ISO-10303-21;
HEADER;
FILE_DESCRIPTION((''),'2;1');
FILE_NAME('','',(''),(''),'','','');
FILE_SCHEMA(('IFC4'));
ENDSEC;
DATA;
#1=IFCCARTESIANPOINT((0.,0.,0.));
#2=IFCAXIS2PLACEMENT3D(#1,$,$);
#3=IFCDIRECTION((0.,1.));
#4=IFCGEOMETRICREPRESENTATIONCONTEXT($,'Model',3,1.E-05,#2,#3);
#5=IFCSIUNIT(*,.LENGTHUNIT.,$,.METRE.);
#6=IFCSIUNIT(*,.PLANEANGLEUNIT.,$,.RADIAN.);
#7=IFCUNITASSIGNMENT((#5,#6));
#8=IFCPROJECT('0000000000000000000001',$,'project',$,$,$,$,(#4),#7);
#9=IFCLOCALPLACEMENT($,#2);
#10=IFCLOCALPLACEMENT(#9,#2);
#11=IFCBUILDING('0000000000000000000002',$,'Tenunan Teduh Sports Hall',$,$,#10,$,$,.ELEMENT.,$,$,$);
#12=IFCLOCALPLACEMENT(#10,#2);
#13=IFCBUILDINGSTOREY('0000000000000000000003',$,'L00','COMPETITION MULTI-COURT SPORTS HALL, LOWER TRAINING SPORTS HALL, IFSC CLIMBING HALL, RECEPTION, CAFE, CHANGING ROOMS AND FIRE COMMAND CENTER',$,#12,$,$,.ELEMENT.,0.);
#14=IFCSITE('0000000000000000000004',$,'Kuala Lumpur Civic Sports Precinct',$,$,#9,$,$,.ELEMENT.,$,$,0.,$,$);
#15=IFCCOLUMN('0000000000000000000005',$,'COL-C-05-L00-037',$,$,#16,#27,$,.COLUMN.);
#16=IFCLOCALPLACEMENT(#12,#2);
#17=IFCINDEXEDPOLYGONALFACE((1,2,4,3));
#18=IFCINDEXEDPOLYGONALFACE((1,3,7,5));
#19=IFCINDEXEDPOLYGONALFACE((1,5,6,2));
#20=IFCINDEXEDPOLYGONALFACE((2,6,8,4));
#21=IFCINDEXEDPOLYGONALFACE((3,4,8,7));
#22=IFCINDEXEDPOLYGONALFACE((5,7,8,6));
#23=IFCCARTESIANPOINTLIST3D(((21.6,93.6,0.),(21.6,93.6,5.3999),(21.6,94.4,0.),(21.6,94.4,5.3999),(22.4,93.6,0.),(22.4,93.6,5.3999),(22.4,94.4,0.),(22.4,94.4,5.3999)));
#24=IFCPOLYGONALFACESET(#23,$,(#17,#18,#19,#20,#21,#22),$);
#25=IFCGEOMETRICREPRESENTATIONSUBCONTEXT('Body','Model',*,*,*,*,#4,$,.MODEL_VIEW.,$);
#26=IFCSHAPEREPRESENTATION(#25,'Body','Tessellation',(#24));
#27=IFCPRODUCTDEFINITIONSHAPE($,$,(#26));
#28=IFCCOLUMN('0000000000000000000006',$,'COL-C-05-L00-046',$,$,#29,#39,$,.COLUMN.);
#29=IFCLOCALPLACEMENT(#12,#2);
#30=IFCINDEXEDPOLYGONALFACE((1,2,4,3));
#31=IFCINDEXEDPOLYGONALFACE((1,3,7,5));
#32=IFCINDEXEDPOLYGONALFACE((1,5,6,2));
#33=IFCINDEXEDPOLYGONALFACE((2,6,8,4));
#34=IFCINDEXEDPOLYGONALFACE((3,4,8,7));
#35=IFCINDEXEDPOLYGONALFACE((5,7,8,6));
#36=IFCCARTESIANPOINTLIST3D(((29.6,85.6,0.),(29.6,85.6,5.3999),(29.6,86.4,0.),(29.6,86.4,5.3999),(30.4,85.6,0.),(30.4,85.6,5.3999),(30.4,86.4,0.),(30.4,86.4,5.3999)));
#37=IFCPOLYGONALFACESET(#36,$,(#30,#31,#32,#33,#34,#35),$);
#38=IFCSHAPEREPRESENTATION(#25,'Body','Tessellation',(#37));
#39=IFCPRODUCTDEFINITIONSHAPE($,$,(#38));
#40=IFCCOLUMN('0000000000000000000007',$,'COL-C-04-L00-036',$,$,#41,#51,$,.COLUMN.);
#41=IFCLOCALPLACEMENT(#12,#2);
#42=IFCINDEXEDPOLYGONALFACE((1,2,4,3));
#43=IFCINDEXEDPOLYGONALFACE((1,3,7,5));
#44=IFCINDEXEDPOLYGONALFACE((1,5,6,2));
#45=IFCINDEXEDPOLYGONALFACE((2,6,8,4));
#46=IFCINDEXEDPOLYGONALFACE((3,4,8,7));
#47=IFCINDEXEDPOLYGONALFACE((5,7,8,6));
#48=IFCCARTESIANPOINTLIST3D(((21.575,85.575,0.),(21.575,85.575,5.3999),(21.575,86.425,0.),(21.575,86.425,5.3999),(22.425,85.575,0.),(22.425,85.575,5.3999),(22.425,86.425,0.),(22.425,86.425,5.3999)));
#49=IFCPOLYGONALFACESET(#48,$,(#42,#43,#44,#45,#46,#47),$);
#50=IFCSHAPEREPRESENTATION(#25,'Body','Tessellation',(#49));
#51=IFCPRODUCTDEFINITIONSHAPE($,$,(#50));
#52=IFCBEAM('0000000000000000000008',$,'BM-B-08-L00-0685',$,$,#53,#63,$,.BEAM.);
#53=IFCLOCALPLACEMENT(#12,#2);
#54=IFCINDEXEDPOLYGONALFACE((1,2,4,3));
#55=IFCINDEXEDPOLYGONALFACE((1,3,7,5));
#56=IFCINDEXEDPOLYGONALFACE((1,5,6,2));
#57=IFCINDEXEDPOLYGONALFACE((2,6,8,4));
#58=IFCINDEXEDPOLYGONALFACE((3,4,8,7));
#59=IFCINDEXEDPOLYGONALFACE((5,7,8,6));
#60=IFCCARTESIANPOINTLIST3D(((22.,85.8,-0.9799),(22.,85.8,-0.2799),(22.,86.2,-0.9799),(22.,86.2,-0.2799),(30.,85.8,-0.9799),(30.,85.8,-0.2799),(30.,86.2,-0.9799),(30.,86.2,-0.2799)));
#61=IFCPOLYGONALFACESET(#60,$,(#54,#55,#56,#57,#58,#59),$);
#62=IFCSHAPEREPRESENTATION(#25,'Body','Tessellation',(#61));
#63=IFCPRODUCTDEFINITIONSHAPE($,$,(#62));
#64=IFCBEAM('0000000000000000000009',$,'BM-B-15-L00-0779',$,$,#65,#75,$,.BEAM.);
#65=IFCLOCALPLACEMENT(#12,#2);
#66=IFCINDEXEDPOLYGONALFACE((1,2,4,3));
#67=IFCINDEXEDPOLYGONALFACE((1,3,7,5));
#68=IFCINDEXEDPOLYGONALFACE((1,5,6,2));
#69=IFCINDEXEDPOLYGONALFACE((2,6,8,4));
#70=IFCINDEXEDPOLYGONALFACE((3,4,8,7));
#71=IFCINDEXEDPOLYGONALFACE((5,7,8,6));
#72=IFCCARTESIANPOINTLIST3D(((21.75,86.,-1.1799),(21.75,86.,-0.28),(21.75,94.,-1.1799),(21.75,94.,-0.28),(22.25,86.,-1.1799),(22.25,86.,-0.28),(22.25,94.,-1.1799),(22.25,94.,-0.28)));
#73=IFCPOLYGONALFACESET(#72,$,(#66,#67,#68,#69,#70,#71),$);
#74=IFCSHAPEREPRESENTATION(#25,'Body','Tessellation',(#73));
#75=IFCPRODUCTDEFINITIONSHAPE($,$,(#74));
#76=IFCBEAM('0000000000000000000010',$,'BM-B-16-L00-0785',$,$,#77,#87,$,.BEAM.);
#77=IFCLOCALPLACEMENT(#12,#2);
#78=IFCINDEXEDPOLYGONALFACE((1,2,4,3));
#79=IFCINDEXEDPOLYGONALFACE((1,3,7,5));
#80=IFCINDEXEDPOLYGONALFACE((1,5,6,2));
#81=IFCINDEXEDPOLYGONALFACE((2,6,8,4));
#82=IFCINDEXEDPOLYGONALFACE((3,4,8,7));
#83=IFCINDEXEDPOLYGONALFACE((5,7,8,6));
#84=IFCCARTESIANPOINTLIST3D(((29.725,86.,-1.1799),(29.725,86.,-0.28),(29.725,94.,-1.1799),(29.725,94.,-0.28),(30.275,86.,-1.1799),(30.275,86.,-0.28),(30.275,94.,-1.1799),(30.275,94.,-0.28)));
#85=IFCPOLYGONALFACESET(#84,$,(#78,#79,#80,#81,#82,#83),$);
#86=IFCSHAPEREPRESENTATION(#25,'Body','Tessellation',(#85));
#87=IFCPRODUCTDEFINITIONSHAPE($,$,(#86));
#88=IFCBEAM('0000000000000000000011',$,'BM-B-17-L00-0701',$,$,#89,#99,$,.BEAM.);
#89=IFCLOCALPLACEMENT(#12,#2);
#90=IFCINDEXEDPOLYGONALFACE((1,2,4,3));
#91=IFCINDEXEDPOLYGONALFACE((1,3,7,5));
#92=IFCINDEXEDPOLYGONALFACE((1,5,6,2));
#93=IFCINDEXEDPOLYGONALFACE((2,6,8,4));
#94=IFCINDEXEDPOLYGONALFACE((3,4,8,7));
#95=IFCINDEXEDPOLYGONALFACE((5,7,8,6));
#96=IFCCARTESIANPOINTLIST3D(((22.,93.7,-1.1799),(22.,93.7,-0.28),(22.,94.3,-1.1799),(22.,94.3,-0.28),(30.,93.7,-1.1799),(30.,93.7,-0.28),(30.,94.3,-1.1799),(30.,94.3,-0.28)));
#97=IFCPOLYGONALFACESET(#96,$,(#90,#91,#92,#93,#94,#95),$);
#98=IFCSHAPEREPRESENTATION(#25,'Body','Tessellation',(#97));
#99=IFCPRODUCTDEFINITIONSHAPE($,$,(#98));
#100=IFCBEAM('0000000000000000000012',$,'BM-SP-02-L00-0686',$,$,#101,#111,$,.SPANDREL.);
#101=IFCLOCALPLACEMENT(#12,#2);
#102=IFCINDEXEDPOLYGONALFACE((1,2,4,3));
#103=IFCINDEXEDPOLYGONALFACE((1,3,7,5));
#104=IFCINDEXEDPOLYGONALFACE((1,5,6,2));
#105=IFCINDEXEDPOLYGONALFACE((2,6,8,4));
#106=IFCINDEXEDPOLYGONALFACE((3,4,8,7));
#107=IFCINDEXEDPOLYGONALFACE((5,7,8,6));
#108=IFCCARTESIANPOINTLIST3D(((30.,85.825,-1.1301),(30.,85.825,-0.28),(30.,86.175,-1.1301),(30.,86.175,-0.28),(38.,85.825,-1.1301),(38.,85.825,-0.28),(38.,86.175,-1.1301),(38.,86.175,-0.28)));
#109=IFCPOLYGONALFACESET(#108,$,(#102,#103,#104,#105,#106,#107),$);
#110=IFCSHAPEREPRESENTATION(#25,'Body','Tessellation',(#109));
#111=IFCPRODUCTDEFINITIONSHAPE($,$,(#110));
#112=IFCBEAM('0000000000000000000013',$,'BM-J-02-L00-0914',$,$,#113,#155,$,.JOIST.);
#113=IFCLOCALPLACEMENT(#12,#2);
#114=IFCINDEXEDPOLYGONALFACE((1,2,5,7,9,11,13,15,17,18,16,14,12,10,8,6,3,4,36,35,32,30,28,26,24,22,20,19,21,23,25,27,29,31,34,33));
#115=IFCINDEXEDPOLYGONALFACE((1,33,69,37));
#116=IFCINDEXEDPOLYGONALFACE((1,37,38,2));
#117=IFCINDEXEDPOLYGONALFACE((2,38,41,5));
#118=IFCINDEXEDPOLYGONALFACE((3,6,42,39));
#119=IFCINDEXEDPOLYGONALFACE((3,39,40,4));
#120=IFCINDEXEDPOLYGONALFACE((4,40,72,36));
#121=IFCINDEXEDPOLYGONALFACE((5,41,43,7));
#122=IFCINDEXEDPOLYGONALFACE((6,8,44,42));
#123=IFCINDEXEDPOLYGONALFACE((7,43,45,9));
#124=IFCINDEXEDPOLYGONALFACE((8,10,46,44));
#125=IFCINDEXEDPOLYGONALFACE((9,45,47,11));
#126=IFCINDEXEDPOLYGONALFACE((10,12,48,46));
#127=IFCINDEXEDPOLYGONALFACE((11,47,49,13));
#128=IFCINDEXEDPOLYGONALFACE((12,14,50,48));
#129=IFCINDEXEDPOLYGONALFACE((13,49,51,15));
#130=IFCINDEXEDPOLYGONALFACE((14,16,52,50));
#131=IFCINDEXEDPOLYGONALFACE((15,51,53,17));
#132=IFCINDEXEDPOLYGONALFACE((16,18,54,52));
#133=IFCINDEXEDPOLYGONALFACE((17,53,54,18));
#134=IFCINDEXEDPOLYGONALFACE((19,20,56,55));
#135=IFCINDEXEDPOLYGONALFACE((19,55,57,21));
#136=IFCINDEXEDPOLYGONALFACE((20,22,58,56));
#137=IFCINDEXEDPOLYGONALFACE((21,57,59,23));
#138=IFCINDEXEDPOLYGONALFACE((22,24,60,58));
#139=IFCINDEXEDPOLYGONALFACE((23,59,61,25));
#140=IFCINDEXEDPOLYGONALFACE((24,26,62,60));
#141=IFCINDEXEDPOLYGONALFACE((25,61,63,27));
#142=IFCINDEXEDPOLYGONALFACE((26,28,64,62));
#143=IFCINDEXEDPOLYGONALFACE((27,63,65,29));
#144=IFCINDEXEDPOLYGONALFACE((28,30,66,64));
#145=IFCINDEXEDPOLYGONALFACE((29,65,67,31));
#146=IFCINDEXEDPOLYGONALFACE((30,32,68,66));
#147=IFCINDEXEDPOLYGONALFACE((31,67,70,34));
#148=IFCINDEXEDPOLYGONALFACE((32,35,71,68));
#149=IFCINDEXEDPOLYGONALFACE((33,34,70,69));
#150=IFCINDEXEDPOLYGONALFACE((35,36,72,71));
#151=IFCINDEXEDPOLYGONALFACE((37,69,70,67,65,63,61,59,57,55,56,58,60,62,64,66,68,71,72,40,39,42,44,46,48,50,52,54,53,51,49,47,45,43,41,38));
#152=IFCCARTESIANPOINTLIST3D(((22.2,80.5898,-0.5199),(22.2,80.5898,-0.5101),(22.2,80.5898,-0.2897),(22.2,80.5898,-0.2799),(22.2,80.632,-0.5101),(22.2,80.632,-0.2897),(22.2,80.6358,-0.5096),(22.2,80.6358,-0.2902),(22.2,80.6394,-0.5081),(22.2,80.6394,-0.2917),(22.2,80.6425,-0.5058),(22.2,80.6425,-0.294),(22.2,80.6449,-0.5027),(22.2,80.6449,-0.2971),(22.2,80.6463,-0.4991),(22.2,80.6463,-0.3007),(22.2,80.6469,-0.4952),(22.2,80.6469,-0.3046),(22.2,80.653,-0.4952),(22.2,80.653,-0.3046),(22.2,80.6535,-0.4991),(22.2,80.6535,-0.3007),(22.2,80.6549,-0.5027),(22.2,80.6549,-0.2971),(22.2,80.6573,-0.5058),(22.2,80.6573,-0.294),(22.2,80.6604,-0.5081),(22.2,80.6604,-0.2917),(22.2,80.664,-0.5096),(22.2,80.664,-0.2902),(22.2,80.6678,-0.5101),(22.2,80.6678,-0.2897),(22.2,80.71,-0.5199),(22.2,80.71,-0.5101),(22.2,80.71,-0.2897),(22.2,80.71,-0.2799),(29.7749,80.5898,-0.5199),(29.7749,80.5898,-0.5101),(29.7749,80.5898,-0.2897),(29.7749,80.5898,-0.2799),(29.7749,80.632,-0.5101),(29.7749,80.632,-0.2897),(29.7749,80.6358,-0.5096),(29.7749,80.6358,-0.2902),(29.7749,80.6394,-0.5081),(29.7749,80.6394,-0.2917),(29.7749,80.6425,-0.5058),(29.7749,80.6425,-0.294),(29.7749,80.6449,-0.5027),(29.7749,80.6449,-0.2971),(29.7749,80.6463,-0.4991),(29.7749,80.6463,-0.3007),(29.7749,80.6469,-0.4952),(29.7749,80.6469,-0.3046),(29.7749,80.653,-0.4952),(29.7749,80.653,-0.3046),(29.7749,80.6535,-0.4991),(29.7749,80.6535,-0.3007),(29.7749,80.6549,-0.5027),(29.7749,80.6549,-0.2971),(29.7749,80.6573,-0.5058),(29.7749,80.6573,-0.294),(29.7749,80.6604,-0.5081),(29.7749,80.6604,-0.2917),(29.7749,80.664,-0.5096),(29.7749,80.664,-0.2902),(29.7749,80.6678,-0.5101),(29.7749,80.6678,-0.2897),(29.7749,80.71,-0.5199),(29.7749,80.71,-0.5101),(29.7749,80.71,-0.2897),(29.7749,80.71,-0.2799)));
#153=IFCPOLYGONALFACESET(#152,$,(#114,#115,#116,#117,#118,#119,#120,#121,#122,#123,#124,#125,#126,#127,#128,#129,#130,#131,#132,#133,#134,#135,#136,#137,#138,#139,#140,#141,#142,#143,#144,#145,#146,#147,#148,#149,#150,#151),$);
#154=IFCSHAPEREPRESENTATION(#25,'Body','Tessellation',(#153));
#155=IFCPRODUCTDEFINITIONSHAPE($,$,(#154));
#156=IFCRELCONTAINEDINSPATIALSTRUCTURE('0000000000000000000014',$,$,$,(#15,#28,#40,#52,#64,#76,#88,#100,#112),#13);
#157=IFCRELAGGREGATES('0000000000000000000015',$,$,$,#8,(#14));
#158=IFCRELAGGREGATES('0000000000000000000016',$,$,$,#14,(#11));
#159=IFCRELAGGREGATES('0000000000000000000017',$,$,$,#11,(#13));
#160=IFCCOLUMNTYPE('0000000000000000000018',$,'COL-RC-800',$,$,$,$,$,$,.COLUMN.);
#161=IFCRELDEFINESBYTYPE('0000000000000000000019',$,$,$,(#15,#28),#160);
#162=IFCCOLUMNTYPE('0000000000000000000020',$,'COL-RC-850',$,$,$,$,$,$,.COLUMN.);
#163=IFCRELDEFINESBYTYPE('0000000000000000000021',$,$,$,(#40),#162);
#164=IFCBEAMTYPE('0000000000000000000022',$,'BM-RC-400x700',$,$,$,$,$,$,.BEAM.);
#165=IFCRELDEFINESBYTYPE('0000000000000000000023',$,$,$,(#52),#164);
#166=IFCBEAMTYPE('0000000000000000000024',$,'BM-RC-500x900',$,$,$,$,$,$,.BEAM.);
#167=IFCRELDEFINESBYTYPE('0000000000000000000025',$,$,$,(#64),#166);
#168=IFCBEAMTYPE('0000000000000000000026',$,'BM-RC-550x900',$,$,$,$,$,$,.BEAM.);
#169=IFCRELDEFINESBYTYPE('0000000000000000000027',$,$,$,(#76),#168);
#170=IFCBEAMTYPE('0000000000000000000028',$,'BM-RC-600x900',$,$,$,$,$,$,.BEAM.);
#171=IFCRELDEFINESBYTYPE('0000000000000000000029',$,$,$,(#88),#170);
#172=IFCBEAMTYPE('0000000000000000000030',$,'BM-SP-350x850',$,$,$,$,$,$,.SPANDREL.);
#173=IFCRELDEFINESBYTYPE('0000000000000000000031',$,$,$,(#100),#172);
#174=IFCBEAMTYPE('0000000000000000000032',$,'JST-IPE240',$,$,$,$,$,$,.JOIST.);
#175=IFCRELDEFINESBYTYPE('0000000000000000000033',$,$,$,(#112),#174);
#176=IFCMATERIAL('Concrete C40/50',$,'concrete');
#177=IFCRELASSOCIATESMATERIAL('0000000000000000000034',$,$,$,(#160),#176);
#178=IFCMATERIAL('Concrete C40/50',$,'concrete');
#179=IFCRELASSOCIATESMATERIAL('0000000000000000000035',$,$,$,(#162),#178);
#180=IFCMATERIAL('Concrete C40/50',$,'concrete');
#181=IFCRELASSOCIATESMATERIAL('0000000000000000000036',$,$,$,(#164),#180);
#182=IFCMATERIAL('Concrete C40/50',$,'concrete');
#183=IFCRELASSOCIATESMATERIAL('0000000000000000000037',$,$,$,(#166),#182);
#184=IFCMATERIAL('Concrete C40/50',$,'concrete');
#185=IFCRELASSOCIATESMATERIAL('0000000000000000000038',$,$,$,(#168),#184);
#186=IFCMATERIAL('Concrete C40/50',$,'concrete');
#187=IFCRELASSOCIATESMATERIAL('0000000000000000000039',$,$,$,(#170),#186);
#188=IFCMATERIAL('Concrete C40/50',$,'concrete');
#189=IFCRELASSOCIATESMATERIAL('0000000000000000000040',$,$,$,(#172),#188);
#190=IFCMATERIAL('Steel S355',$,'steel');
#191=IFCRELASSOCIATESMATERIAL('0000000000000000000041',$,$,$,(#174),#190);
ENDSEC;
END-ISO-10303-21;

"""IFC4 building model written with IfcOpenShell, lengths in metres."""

from ifc_helpers import new_model, si_unit, direction, frame, origin, origin_2d, place, context, subcontext, project, spatial, rectangle, i_section, extrude, material, material_profile, profile_set, type_object, element, save


model = new_model("IFC4")

# Units and contexts
model_context = context("Model", 3, precision=1e-05, world=origin(), true_north=direction((0.0, 1.0)))
body_context = subcontext(model_context, "Body", "Model", "MODEL_VIEW")
ifc_project = project(units=[si_unit("LENGTHUNIT", "METRE"), si_unit("PLANEANGLEUNIT", "RADIAN")], contexts=[model_context])

# Site, building, storey
site_placement = place(None, origin())
site = spatial("IfcSite", under=ifc_project, at=site_placement, Name="Kuala Lumpur Civic Sports Precinct", CompositionType="ELEMENT", RefElevation=0.0)
building_placement = place(site_placement, origin())
building = spatial("IfcBuilding", under=site, at=building_placement, Name="Tenunan Teduh Sports Hall", CompositionType="ELEMENT")
storey_placement = place(building_placement, origin())
storey = spatial("IfcBuildingStorey", under=building, at=storey_placement, Name="L00", Description="COMPETITION MULTI-COURT SPORTS HALL, LOWER TRAINING SPORTS HALL, IFSC CLIMBING HALL, RECEPTION, CAFE, CHANGING ROOMS AND FIRE COMMAND CENTER", CompositionType="ELEMENT", Elevation=0.0)

# Columns
ifc_material_1 = material(Name="Concrete C40/50", Category="concrete")
ifc_material_profile_1 = material_profile(ifc_material_1, rectangle(XDim=0.8, YDim=0.8, at=origin_2d()), Name="RC 800x800")
ifc_profile_set_1 = profile_set([ifc_material_profile_1], Name="Concrete C40/50")
column_type_1 = type_object("IfcColumnType", Name="COL-RC-800", PredefinedType="COLUMN", material=ifc_profile_set_1)
for number, where, z_axis, x_axis, name in (
    (1, (22.0, 94.0, 0.0), (0.0, 0.0, 1.0), (1.0, 0.0, 0.0), "COL-C-05-L00-037"),
    (2, (30.0, 86.0, 0.0), (0.0, 0.0, 1.0), (1.0, 0.0, 0.0), "COL-C-05-L00-046"),
):
    element("IfcColumn", number, at=place(storey_placement, frame(where, z_axis=z_axis, x_axis=x_axis)), inside=storey, type_object=column_type_1, Name=name, PredefinedType="COLUMN", context=body_context, shape_type="SweptSolid", body=[
        extrude(rectangle(XDim=0.8, YDim=0.8, at=origin_2d()), origin(), (0.0, 0.0, 1.0), 5.3999),
    ])
ifc_material_2 = material(Name="Concrete C40/50", Category="concrete")
ifc_material_profile_2 = material_profile(ifc_material_2, rectangle(XDim=0.8501, YDim=0.8501, at=origin_2d()), Name="RC 850x850")
ifc_profile_set_2 = profile_set([ifc_material_profile_2], Name="Concrete C40/50")
column_type_2 = type_object("IfcColumnType", Name="COL-RC-850", PredefinedType="COLUMN", material=ifc_profile_set_2)
column_placement = place(storey_placement, frame((22.0, 86.0, 0.0), z_axis=(0.0, 0.0, 1.0), x_axis=(1.0, 0.0, 0.0)))
element("IfcColumn", 3, at=column_placement, inside=storey, type_object=column_type_2, Name="COL-C-04-L00-036", PredefinedType="COLUMN", context=body_context, shape_type="SweptSolid", body=[
    extrude(rectangle(XDim=0.8501, YDim=0.8501, at=origin_2d()), origin(), (0.0, 0.0, 1.0), 5.3999),
])

# Beams
ifc_material_3 = material(Name="Concrete C40/50", Category="concrete")
ifc_material_profile_3 = material_profile(ifc_material_3, rectangle(XDim=0.3999, YDim=0.7, at=origin_2d()), Name="RCB 400x700")
ifc_profile_set_3 = profile_set([ifc_material_profile_3], Name="Concrete C40/50")
beam_type_1 = type_object("IfcBeamType", Name="BM-RC-400x700", PredefinedType="BEAM", material=ifc_profile_set_3)
beam_1_placement = place(storey_placement, frame((22.0, 86.0, -0.6299), z_axis=(1.0, 0.0, 0.0), x_axis=(0.0, 1.0, 0.0)))
element("IfcBeam", 4, at=beam_1_placement, inside=storey, type_object=beam_type_1, Name="BM-B-08-L00-0685", PredefinedType="BEAM", context=body_context, shape_type="SweptSolid", body=[
    extrude(rectangle(XDim=0.3999, YDim=0.7, at=origin_2d()), origin(), (0.0, 0.0, 1.0), 8.0),
])
ifc_material_4 = material(Name="Concrete C40/50", Category="concrete")
ifc_material_profile_4 = material_profile(ifc_material_4, rectangle(XDim=0.5, YDim=0.8999, at=origin_2d()), Name="RCB 500x900")
ifc_profile_set_4 = profile_set([ifc_material_profile_4], Name="Concrete C40/50")
beam_type_2 = type_object("IfcBeamType", Name="BM-RC-500x900", PredefinedType="BEAM", material=ifc_profile_set_4)
beam_2_placement = place(storey_placement, frame((22.0, 86.0, -0.73), z_axis=(0.0, 1.0, 0.0), x_axis=(-1.0, 0.0, 0.0)))
element("IfcBeam", 5, at=beam_2_placement, inside=storey, type_object=beam_type_2, Name="BM-B-15-L00-0779", PredefinedType="BEAM", context=body_context, shape_type="SweptSolid", body=[
    extrude(rectangle(XDim=0.5, YDim=0.8999, at=origin_2d()), origin(), (0.0, 0.0, 1.0), 8.0),
])
ifc_material_5 = material(Name="Concrete C40/50", Category="concrete")
ifc_material_profile_5 = material_profile(ifc_material_5, rectangle(XDim=0.55, YDim=0.8999, at=origin_2d()), Name="RCB 550x900")
ifc_profile_set_5 = profile_set([ifc_material_profile_5], Name="Concrete C40/50")
beam_type_3 = type_object("IfcBeamType", Name="BM-RC-550x900", PredefinedType="BEAM", material=ifc_profile_set_5)
beam_3_placement = place(storey_placement, frame((30.0, 86.0, -0.73), z_axis=(0.0, 1.0, 0.0), x_axis=(-1.0, 0.0, 0.0)))
element("IfcBeam", 6, at=beam_3_placement, inside=storey, type_object=beam_type_3, Name="BM-B-16-L00-0785", PredefinedType="BEAM", context=body_context, shape_type="SweptSolid", body=[
    extrude(rectangle(XDim=0.55, YDim=0.8999, at=origin_2d()), origin(), (0.0, 0.0, 1.0), 8.0),
])
ifc_material_6 = material(Name="Concrete C40/50", Category="concrete")
ifc_material_profile_6 = material_profile(ifc_material_6, rectangle(XDim=0.6001, YDim=0.8999, at=origin_2d()), Name="RCB 600x900")
ifc_profile_set_6 = profile_set([ifc_material_profile_6], Name="Concrete C40/50")
beam_type_4 = type_object("IfcBeamType", Name="BM-RC-600x900", PredefinedType="BEAM", material=ifc_profile_set_6)
beam_4_placement = place(storey_placement, frame((22.0, 94.0, -0.73), z_axis=(1.0, 0.0, 0.0), x_axis=(0.0, 1.0, 0.0)))
element("IfcBeam", 7, at=beam_4_placement, inside=storey, type_object=beam_type_4, Name="BM-B-17-L00-0701", PredefinedType="BEAM", context=body_context, shape_type="SweptSolid", body=[
    extrude(rectangle(XDim=0.6001, YDim=0.8999, at=origin_2d()), origin(), (0.0, 0.0, 1.0), 8.0),
])
ifc_material_7 = material(Name="Concrete C40/50", Category="concrete")
ifc_material_profile_7 = material_profile(ifc_material_7, rectangle(XDim=0.3501, YDim=0.8501, at=origin_2d()), Name="SPB 350x850")
ifc_profile_set_7 = profile_set([ifc_material_profile_7], Name="Concrete C40/50")
beam_type_5 = type_object("IfcBeamType", Name="BM-SP-350x850", PredefinedType="SPANDREL", material=ifc_profile_set_7)
beam_5_placement = place(storey_placement, frame((30.0, 86.0, -0.7051), z_axis=(1.0, 0.0, 0.0), x_axis=(0.0, 1.0, 0.0)))
element("IfcBeam", 8, at=beam_5_placement, inside=storey, type_object=beam_type_5, Name="BM-SP-02-L00-0686", PredefinedType="SPANDREL", context=body_context, shape_type="SweptSolid", body=[
    extrude(rectangle(XDim=0.3501, YDim=0.8501, at=origin_2d()), origin(), (0.0, 0.0, 1.0), 8.0),
])
ifc_material_8 = material(Name="Steel S355", Category="steel")
ifc_material_profile_8 = material_profile(ifc_material_8, i_section(OverallWidth=0.1201, OverallDepth=0.24, WebThickness=0.0061, FlangeThickness=0.0098, FilletRadius=0.0149, at=origin_2d()), Name="IPE 240")
ifc_profile_set_8 = profile_set([ifc_material_profile_8], Name="Steel S355")
beam_type_6 = type_object("IfcBeamType", Name="JST-IPE240", PredefinedType="JOIST", material=ifc_profile_set_8)
beam_6_placement = place(storey_placement, frame((22.2, 80.6499, -0.3999), z_axis=(1.0, 0.0, 0.0), x_axis=(0.0, 1.0, 0.0)))
element("IfcBeam", 9, at=beam_6_placement, inside=storey, type_object=beam_type_6, Name="BM-J-02-L00-0914", PredefinedType="JOIST", context=body_context, shape_type="SweptSolid", body=[
    extrude(i_section(OverallWidth=0.1201, OverallDepth=0.24, WebThickness=0.0061, FlangeThickness=0.0098, FilletRadius=0.0149, at=origin_2d()), origin(), (0.0, 0.0, 1.0), 7.575),
])

save(model, "model.ifc")
